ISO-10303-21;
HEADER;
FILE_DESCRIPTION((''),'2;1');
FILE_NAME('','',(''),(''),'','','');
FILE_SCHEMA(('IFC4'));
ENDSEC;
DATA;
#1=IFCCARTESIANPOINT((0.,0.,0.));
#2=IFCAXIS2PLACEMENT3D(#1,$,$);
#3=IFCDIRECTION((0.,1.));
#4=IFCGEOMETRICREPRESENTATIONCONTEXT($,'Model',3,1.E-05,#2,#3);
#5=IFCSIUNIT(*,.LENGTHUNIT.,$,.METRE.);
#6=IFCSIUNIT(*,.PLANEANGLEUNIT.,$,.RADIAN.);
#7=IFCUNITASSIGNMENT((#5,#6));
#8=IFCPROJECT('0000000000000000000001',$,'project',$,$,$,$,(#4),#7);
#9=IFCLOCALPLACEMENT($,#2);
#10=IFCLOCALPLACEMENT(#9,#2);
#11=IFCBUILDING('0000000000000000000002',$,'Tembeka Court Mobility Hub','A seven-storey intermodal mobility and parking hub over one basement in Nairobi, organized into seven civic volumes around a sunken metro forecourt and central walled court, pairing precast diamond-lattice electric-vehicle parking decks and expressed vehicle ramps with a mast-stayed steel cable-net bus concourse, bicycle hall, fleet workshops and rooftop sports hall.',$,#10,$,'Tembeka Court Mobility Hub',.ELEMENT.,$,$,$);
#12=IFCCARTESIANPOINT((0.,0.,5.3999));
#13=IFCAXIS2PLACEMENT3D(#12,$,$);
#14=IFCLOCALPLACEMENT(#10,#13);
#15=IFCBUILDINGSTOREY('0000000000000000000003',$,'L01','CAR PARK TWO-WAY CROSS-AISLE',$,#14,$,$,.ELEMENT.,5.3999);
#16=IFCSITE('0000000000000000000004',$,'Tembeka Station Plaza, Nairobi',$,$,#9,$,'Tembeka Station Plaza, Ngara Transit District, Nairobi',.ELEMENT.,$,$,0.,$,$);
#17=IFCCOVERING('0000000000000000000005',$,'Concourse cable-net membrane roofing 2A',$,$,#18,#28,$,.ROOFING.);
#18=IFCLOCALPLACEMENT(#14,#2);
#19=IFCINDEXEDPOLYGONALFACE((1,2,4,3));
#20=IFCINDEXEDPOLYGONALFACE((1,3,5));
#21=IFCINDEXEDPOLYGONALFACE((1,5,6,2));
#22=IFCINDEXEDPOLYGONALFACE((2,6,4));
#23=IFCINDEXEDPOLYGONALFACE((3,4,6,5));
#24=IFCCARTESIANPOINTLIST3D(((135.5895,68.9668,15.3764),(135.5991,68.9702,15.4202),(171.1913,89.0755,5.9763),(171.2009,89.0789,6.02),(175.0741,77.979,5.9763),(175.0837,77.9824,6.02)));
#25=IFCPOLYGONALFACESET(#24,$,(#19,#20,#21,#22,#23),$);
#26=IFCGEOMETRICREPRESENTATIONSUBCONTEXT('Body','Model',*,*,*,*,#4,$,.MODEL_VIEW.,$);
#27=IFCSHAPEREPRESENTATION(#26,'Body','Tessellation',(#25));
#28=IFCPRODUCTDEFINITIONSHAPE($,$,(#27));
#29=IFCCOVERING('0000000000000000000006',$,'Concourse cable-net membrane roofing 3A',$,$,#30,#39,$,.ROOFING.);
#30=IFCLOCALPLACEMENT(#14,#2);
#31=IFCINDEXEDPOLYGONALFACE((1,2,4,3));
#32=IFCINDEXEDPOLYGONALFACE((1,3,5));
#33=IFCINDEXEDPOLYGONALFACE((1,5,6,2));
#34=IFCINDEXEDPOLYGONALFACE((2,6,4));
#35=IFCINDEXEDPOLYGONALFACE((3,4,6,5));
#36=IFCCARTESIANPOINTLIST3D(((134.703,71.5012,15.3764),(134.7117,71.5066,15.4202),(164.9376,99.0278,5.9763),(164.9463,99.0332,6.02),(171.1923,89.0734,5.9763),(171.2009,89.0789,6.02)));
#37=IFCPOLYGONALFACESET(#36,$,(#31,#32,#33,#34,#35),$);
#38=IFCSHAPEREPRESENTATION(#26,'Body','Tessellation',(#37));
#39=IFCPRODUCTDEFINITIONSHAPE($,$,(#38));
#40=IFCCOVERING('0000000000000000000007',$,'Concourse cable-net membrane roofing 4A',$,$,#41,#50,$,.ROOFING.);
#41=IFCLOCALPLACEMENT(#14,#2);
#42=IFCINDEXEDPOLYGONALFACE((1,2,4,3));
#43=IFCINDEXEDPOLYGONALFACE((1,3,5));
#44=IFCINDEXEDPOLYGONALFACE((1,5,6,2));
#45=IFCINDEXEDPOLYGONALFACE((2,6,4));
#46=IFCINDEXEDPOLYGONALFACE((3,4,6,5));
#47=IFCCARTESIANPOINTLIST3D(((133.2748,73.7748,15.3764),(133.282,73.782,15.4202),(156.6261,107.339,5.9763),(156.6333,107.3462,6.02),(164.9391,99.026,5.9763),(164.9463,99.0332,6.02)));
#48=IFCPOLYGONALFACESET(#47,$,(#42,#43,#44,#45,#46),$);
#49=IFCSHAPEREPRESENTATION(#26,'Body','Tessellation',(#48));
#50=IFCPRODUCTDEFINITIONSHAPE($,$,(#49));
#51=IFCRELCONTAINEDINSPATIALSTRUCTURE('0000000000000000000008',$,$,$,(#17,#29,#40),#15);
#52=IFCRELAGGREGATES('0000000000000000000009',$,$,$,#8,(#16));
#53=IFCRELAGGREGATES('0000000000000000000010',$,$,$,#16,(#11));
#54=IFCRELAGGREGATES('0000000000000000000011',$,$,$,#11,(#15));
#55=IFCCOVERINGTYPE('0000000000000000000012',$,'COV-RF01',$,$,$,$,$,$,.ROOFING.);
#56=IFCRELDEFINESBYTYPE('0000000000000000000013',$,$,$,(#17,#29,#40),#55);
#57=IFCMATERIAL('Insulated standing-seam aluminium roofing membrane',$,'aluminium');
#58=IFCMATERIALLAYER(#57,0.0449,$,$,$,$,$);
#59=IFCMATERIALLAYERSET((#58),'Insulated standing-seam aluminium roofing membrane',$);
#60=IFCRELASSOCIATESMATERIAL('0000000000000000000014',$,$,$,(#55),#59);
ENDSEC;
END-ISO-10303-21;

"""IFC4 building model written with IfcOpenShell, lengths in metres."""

from ifc_helpers import new_model, si_unit, direction, frame, origin, place, context, subcontext, project, spatial, polyline, outline, extrude, material, layer, layer_set, type_object, element, save


model = new_model("IFC4")

# Units and contexts
model_context = context("Model", 3, precision=1e-05, world=origin(), true_north=direction((0.0, 1.0)))
body_context = subcontext(model_context, "Body", "Model", "MODEL_VIEW")
ifc_project = project(units=[si_unit("LENGTHUNIT", "METRE"), si_unit("PLANEANGLEUNIT", "RADIAN")], contexts=[model_context])

# Site, building, storey
site_placement = place(None, origin())
site = spatial("IfcSite", under=ifc_project, at=site_placement, Name="Tembeka Station Plaza, Nairobi", LongName="Tembeka Station Plaza, Ngara Transit District, Nairobi", CompositionType="ELEMENT", RefElevation=0.0)
building_placement = place(site_placement, origin())
building = spatial("IfcBuilding", under=site, at=building_placement, Name="Tembeka Court Mobility Hub", Description="A seven-storey intermodal mobility and parking hub over one basement in Nairobi, organized into seven civic volumes around a sunken metro forecourt and central walled court, pairing precast diamond-lattice electric-vehicle parking decks and expressed vehicle ramps with a mast-stayed steel cable-net bus concourse, bicycle hall, fleet workshops and rooftop sports hall.", LongName="Tembeka Court Mobility Hub", CompositionType="ELEMENT")
storey_placement = place(building_placement, frame((0.0, 0.0, 5.3999)))
storey = spatial("IfcBuildingStorey", under=building, at=storey_placement, Name="L01", Description="CAR PARK TWO-WAY CROSS-AISLE", CompositionType="ELEMENT", Elevation=5.3999)

# Coverings
ifc_material_1 = material(Name="Insulated standing-seam aluminium roofing membrane", Category="aluminium")
ifc_layer_1 = layer(ifc_material_1, 0.0449)
ifc_layer_set_1 = layer_set([ifc_layer_1], Name="Insulated standing-seam aluminium roofing membrane")
covering_type = type_object("IfcCoveringType", Name="COV-RF01", PredefinedType="ROOFING", material=ifc_layer_set_1)
covering_1_placement = place(storey_placement, frame((135.5991, 68.9702, 15.4202), z_axis=(0.214685, 0.075122, 0.97379), x_axis=(0.949683, 0.216761, -0.226092)))
element("IfcCovering", 1, at=covering_1_placement, inside=storey, type_object=covering_type, Name="Concourse cable-net membrane roofing 2A", PredefinedType="ROOFING", context=body_context, shape_type="SweptSolid", body=[
    extrude(outline(polyline([(0.0, 0.0), (41.5766, 0.0), (40.2945, 11.686), (0.0, 0.0)])), origin(), (0.0, 0.0, -1.0), 0.0449),
])
covering_2_placement = place(storey_placement, frame((134.7117, 71.5066, 15.4202), z_axis=(0.192587, 0.121009, 0.97379), x_axis=(0.877639, 0.422648, -0.226092)))
element("IfcCovering", 2, at=covering_2_placement, inside=storey, type_object=covering_type, Name="Concourse cable-net membrane roofing 3A", PredefinedType="ROOFING", context=body_context, shape_type="SweptSolid", body=[
    extrude(outline(polyline([(0.0, 0.0), (41.5766, 0.0), (40.2945, 11.6861), (0.0, 0.0)])), origin(), (0.0, 0.0, -1.0), 0.0449),
])
covering_3_placement = place(storey_placement, frame((133.282, 73.782, 15.4202), z_axis=(0.160831, 0.160831, 0.97379), x_axis=(0.761589, 0.607342, -0.226092)))
element("IfcCovering", 3, at=covering_3_placement, inside=storey, type_object=covering_type, Name="Concourse cable-net membrane roofing 4A", PredefinedType="ROOFING", context=body_context, shape_type="SweptSolid", body=[
    extrude(outline(polyline([(0.0, 0.0), (41.5766, 0.0), (40.2944, 11.6862), (0.0, 0.0)])), origin(), (0.0, 0.0, -1.0), 0.0449),
])

save(model, "model.ifc")
